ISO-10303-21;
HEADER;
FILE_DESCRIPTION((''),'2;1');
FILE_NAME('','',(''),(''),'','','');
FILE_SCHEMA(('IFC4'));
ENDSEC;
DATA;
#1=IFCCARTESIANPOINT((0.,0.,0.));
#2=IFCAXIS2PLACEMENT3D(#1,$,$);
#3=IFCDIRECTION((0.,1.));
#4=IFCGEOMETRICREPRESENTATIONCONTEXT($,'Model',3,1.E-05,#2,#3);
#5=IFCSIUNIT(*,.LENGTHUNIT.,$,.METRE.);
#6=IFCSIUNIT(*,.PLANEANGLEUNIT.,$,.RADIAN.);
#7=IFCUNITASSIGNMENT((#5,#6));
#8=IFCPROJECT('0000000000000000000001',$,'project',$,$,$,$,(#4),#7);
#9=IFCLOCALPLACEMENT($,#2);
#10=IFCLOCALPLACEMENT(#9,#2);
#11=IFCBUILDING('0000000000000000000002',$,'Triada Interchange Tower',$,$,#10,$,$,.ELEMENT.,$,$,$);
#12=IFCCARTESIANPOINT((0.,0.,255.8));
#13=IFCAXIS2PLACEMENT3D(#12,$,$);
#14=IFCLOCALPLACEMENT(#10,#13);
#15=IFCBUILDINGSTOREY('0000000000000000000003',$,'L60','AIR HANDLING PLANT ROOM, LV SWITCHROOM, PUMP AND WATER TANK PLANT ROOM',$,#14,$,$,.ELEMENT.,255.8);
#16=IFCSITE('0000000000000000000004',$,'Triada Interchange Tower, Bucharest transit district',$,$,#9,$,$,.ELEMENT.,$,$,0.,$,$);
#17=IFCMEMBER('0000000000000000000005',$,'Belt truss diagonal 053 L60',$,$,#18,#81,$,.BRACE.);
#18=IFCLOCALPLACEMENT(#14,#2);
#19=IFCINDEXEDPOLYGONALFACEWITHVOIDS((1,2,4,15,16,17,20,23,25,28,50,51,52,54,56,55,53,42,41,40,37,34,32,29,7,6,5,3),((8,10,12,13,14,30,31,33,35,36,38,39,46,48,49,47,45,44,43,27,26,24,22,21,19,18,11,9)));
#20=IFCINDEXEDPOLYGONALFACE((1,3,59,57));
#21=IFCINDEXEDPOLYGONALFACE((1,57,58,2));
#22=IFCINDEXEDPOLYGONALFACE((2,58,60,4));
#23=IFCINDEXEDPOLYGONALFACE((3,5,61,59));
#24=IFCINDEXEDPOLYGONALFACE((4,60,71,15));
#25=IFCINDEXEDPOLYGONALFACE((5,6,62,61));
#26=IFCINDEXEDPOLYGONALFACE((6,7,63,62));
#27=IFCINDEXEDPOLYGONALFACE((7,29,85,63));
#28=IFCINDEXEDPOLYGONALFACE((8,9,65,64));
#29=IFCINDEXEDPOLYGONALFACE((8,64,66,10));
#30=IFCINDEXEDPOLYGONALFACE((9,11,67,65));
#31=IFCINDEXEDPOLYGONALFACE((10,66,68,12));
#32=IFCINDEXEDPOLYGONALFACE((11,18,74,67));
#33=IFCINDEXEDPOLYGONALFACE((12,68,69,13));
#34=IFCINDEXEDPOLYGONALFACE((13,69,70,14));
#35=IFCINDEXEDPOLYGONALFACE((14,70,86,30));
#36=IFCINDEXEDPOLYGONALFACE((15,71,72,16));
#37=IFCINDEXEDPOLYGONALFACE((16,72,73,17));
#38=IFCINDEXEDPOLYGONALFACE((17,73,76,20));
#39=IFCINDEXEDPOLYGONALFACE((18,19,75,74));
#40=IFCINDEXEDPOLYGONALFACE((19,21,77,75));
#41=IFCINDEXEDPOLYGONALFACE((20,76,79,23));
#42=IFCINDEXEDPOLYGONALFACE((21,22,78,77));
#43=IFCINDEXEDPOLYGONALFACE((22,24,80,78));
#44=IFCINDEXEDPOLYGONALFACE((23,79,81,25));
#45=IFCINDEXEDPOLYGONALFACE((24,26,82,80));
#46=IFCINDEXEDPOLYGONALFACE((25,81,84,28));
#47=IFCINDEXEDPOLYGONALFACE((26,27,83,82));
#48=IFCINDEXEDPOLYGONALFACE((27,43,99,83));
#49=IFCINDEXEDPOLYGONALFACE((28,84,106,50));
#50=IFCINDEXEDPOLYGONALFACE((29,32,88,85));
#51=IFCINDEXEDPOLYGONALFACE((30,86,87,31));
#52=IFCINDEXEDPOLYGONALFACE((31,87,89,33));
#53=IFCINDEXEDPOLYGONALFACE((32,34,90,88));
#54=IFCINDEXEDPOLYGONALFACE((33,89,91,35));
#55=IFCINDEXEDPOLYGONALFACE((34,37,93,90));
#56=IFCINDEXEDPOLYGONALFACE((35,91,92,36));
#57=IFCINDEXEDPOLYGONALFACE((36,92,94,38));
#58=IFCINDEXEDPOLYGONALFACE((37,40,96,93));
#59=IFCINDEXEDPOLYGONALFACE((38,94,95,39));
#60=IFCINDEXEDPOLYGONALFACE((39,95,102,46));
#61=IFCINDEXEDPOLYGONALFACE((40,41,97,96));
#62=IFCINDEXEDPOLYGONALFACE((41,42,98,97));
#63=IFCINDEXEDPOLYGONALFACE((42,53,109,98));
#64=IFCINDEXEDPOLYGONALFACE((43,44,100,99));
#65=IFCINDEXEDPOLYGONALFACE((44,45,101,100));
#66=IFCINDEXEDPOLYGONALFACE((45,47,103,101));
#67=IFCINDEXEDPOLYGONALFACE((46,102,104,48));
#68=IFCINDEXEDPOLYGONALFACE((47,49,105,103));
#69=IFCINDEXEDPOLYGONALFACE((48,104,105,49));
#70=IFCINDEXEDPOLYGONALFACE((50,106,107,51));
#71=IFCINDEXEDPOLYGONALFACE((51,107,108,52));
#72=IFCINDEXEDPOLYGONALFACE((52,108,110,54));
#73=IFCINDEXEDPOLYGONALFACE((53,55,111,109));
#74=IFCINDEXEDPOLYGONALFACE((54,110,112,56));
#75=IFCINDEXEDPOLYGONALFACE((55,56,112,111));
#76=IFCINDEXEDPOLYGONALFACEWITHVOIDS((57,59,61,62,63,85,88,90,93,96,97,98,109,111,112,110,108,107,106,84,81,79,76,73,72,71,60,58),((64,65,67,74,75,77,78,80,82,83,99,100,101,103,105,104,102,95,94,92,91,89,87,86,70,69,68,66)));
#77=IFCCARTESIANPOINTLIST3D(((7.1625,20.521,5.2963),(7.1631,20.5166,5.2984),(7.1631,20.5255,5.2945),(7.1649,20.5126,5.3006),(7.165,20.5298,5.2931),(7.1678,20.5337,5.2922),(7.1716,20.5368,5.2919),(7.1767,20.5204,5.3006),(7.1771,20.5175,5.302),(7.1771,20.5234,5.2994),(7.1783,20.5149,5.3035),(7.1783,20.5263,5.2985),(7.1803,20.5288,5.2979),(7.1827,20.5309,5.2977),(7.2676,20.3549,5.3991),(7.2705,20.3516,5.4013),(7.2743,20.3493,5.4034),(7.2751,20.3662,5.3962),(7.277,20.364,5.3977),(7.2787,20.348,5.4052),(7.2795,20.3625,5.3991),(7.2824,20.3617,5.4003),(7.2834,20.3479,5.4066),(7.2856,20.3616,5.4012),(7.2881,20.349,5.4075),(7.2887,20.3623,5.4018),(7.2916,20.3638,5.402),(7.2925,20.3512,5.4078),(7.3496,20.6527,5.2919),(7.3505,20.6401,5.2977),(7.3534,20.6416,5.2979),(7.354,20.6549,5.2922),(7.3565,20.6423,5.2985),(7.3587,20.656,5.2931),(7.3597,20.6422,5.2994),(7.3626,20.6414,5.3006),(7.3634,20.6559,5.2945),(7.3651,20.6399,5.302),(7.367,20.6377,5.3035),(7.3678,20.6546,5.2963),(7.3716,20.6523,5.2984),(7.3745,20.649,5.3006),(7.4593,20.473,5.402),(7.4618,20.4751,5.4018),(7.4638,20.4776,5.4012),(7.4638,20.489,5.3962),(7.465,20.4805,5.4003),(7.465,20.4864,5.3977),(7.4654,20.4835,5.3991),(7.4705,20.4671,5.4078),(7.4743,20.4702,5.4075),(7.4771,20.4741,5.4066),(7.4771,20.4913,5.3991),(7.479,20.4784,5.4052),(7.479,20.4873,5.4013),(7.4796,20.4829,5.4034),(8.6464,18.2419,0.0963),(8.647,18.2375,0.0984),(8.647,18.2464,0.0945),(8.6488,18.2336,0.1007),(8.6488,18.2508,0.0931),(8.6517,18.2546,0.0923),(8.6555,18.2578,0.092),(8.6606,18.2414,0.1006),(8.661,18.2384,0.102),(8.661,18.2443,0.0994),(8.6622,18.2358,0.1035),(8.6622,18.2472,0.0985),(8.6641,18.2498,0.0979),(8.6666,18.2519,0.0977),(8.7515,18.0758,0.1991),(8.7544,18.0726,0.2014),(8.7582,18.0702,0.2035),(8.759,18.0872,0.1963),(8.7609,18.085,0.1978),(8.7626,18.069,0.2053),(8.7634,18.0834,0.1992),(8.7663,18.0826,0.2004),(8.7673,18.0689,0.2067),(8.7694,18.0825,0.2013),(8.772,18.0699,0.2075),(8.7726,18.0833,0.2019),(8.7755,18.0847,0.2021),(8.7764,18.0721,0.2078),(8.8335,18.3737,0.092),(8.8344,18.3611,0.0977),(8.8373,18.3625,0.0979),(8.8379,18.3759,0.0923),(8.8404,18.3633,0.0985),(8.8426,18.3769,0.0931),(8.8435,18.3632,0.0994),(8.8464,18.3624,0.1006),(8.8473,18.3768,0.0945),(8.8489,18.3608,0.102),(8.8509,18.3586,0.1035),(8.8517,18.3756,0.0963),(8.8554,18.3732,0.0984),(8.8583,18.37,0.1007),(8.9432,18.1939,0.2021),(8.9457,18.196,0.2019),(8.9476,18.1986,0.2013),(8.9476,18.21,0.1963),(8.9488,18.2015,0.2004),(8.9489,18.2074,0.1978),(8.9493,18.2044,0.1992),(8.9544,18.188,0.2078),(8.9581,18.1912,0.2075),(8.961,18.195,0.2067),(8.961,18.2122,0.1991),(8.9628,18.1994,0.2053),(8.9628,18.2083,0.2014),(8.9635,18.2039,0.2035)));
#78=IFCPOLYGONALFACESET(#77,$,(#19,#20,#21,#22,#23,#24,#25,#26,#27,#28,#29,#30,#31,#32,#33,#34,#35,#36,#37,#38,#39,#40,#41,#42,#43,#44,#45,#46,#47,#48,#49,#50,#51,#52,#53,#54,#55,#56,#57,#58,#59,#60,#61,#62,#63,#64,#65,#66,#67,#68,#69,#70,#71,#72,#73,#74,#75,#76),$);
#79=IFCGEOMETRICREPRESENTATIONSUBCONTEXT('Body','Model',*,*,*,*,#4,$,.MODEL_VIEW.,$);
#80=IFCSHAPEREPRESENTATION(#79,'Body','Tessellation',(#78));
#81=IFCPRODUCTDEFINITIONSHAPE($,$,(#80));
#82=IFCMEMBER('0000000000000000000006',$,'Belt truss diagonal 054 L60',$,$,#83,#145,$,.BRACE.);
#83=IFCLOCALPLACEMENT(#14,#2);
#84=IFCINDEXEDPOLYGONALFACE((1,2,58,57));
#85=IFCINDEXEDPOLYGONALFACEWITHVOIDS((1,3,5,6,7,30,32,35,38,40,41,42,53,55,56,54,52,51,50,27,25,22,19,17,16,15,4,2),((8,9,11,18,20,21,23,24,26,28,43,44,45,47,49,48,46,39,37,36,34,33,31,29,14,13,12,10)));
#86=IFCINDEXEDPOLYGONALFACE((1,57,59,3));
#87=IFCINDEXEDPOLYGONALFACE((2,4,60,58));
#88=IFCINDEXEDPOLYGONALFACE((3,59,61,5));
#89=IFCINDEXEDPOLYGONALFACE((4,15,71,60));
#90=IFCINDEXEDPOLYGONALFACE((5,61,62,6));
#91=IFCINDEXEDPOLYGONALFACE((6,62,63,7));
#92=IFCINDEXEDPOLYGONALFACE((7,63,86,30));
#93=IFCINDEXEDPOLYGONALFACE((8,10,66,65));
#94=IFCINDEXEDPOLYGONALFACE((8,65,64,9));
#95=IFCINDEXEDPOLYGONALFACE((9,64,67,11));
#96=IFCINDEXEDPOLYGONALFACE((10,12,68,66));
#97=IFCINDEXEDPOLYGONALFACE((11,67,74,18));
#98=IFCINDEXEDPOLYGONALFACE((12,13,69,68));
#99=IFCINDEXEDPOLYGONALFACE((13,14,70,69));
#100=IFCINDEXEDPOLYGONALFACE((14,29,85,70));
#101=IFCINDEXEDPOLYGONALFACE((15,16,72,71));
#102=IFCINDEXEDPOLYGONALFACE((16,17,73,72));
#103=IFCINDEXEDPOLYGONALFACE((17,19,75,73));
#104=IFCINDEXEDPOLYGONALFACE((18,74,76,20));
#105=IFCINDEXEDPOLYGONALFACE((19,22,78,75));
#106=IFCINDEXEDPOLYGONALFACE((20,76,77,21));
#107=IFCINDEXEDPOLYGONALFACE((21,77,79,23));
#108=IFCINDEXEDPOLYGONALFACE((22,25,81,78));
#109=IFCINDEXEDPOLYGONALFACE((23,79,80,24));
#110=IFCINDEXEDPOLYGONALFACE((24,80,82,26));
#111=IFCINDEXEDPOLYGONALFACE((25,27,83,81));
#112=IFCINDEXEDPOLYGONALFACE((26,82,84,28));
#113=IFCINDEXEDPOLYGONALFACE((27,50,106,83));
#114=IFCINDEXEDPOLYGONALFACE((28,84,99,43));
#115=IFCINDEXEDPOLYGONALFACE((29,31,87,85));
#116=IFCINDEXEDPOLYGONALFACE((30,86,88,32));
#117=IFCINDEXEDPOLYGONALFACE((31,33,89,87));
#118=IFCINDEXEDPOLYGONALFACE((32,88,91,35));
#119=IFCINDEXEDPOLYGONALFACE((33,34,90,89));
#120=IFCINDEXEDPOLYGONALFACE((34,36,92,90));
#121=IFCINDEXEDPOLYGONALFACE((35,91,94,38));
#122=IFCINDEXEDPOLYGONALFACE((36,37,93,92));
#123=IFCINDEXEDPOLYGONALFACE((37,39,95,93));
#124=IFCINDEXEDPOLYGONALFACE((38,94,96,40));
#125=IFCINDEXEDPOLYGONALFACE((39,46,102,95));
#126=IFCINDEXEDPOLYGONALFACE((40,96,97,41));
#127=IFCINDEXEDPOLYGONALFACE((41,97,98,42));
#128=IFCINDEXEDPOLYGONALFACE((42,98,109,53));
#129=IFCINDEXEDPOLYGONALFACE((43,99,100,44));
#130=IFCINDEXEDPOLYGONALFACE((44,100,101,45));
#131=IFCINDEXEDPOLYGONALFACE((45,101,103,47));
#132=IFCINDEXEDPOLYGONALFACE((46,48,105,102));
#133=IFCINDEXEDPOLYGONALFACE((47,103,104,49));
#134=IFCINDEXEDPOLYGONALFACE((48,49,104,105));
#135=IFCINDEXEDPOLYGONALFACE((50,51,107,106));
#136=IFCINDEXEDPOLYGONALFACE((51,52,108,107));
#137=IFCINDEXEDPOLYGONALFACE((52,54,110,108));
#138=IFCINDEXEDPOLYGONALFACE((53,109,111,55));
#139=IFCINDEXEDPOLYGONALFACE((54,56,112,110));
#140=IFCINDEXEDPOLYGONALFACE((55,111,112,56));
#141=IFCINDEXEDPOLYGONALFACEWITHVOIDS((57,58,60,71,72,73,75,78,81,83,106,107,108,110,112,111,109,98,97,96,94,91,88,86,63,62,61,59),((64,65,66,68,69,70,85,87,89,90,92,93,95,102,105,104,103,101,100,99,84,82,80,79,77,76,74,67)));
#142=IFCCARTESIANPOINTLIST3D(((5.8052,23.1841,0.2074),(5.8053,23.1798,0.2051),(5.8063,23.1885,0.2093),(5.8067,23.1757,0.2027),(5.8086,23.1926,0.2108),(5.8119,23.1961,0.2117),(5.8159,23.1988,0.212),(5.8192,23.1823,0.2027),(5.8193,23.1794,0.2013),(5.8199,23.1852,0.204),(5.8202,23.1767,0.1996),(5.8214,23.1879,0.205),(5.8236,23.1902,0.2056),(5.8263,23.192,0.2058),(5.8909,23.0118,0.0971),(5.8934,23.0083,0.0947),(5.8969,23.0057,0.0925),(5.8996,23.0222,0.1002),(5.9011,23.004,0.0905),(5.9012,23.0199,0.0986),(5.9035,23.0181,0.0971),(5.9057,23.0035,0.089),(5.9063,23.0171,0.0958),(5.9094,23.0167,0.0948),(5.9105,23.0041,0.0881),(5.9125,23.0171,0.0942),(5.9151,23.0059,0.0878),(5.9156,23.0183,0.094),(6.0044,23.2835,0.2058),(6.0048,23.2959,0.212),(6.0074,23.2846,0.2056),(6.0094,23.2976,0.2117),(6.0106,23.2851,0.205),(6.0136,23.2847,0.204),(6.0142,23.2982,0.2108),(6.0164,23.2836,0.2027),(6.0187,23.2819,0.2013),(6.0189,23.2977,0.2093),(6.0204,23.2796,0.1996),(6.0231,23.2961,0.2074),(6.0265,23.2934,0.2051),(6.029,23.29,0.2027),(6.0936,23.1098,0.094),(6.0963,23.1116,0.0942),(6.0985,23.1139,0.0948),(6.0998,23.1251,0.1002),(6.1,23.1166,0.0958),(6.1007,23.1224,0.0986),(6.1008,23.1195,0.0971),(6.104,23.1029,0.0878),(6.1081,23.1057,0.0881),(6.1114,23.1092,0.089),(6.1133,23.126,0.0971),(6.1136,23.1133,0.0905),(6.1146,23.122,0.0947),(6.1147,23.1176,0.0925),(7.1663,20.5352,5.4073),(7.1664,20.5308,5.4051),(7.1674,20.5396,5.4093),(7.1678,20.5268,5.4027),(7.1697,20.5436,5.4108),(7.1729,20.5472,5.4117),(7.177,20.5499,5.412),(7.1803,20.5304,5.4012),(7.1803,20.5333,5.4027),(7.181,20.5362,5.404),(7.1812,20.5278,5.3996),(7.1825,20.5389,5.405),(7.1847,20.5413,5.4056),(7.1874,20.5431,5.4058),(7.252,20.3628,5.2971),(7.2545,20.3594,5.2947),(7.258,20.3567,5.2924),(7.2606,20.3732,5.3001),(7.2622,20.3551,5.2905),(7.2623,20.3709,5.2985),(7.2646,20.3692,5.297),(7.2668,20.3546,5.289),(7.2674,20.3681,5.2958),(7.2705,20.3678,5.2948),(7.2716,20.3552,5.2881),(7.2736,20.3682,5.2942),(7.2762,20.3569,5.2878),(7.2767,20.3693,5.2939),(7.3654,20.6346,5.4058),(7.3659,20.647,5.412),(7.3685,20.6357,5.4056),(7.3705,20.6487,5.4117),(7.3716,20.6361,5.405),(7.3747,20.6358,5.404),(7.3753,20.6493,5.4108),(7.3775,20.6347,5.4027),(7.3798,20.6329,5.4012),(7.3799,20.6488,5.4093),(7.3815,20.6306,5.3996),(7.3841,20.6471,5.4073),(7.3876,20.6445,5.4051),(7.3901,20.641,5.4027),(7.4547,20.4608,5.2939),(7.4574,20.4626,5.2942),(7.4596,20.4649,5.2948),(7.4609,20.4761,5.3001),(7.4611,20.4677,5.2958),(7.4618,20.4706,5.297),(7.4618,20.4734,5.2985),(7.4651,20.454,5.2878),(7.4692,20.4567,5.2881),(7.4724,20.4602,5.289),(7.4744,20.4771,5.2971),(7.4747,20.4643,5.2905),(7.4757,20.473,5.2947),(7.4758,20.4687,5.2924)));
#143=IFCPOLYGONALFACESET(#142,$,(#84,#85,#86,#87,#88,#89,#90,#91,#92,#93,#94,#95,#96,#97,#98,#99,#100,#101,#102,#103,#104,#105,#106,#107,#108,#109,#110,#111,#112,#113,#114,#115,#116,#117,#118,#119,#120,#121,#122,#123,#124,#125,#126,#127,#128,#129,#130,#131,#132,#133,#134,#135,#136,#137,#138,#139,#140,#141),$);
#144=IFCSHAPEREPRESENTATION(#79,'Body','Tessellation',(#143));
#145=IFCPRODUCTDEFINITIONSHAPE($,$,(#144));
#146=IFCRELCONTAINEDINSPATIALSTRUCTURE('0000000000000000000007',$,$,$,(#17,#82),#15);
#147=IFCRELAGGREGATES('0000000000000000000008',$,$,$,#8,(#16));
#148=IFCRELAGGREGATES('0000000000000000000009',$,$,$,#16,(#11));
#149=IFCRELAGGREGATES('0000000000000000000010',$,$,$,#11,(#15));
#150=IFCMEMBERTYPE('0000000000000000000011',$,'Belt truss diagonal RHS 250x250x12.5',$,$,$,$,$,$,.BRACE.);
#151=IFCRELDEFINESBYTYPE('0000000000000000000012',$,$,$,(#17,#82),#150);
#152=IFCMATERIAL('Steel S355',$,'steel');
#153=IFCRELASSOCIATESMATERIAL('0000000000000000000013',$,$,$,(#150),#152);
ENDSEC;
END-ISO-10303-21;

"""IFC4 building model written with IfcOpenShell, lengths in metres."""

from ifc_helpers import new_model, si_unit, direction, frame, origin, origin_2d, place, context, subcontext, project, spatial, hollow_rectangle, extrude, material, material_profile, profile_set, type_object, element, save


model = new_model("IFC4")

# Units and contexts
model_context = context("Model", 3, precision=1e-05, world=origin(), true_north=direction((0.0, 1.0)))
body_context = subcontext(model_context, "Body", "Model", "MODEL_VIEW")
ifc_project = project(units=[si_unit("LENGTHUNIT", "METRE"), si_unit("PLANEANGLEUNIT", "RADIAN")], contexts=[model_context])

# Site, building, storey
site_placement = place(None, origin())
site = spatial("IfcSite", under=ifc_project, at=site_placement, Name="Triada Interchange Tower, Bucharest transit district", CompositionType="ELEMENT", RefElevation=0.0)
building_placement = place(site_placement, origin())
building = spatial("IfcBuilding", under=site, at=building_placement, Name="Triada Interchange Tower", CompositionType="ELEMENT")
storey_placement = place(building_placement, frame((0.0, 0.0, 255.8)))
storey = spatial("IfcBuildingStorey", under=building, at=storey_placement, Name="L60", Description="AIR HANDLING PLANT ROOM, LV SWITCHROOM, PUMP AND WATER TANK PLANT ROOM", CompositionType="ELEMENT", Elevation=255.8)

# Members
ifc_material_1 = material(Name="Steel S355", Category="steel")
ifc_material_profile_1 = material_profile(ifc_material_1, hollow_rectangle(XDim=0.25, YDim=0.25, WallThickness=0.0125, InnerFilletRadius=0.0125, OuterFilletRadius=0.0188, at=origin_2d()), Name="RHS 250x250x12.5")
ifc_profile_set_1 = profile_set([ifc_material_profile_1], Name="Steel S355")
member_type_1 = type_object("IfcMemberType", Name="Belt truss diagonal RHS 250x250x12.5", PredefinedType="BRACE", material=ifc_profile_set_1)
member_1_placement = place(storey_placement, frame((8.8049, 18.2229, 0.1499), z_axis=(-0.25287, 0.388375, 0.886127), x_axis=(-0.838023, -0.545635, 0.0)))
element("IfcMember", 1, at=member_1_placement, inside=storey, type_object=member_type_1, Name="Belt truss diagonal 053 L60", PredefinedType="BRACE", context=body_context, shape_type="SweptSolid", body=[
    extrude(hollow_rectangle(XDim=0.25, YDim=0.25, WallThickness=0.0125, InnerFilletRadius=0.0125, OuterFilletRadius=0.0188, at=origin_2d()), origin(), (0.0, 0.0, 1.0), 5.8682),
])
member_2_placement = place(storey_placement, frame((5.96, 23.1509, 0.1499), z_axis=(0.227135, -0.442048, 0.867758), x_axis=(0.889454, 0.457024, 0.0)))
element("IfcMember", 2, at=member_2_placement, inside=storey, type_object=member_type_1, Name="Belt truss diagonal 054 L60", PredefinedType="BRACE", context=body_context, shape_type="SweptSolid", body=[
    extrude(hollow_rectangle(XDim=0.25, YDim=0.25, WallThickness=0.0125, InnerFilletRadius=0.0125, OuterFilletRadius=0.0188, at=origin_2d()), origin(), (0.0, 0.0, 1.0), 5.9924),
])

save(model, "model.ifc")
